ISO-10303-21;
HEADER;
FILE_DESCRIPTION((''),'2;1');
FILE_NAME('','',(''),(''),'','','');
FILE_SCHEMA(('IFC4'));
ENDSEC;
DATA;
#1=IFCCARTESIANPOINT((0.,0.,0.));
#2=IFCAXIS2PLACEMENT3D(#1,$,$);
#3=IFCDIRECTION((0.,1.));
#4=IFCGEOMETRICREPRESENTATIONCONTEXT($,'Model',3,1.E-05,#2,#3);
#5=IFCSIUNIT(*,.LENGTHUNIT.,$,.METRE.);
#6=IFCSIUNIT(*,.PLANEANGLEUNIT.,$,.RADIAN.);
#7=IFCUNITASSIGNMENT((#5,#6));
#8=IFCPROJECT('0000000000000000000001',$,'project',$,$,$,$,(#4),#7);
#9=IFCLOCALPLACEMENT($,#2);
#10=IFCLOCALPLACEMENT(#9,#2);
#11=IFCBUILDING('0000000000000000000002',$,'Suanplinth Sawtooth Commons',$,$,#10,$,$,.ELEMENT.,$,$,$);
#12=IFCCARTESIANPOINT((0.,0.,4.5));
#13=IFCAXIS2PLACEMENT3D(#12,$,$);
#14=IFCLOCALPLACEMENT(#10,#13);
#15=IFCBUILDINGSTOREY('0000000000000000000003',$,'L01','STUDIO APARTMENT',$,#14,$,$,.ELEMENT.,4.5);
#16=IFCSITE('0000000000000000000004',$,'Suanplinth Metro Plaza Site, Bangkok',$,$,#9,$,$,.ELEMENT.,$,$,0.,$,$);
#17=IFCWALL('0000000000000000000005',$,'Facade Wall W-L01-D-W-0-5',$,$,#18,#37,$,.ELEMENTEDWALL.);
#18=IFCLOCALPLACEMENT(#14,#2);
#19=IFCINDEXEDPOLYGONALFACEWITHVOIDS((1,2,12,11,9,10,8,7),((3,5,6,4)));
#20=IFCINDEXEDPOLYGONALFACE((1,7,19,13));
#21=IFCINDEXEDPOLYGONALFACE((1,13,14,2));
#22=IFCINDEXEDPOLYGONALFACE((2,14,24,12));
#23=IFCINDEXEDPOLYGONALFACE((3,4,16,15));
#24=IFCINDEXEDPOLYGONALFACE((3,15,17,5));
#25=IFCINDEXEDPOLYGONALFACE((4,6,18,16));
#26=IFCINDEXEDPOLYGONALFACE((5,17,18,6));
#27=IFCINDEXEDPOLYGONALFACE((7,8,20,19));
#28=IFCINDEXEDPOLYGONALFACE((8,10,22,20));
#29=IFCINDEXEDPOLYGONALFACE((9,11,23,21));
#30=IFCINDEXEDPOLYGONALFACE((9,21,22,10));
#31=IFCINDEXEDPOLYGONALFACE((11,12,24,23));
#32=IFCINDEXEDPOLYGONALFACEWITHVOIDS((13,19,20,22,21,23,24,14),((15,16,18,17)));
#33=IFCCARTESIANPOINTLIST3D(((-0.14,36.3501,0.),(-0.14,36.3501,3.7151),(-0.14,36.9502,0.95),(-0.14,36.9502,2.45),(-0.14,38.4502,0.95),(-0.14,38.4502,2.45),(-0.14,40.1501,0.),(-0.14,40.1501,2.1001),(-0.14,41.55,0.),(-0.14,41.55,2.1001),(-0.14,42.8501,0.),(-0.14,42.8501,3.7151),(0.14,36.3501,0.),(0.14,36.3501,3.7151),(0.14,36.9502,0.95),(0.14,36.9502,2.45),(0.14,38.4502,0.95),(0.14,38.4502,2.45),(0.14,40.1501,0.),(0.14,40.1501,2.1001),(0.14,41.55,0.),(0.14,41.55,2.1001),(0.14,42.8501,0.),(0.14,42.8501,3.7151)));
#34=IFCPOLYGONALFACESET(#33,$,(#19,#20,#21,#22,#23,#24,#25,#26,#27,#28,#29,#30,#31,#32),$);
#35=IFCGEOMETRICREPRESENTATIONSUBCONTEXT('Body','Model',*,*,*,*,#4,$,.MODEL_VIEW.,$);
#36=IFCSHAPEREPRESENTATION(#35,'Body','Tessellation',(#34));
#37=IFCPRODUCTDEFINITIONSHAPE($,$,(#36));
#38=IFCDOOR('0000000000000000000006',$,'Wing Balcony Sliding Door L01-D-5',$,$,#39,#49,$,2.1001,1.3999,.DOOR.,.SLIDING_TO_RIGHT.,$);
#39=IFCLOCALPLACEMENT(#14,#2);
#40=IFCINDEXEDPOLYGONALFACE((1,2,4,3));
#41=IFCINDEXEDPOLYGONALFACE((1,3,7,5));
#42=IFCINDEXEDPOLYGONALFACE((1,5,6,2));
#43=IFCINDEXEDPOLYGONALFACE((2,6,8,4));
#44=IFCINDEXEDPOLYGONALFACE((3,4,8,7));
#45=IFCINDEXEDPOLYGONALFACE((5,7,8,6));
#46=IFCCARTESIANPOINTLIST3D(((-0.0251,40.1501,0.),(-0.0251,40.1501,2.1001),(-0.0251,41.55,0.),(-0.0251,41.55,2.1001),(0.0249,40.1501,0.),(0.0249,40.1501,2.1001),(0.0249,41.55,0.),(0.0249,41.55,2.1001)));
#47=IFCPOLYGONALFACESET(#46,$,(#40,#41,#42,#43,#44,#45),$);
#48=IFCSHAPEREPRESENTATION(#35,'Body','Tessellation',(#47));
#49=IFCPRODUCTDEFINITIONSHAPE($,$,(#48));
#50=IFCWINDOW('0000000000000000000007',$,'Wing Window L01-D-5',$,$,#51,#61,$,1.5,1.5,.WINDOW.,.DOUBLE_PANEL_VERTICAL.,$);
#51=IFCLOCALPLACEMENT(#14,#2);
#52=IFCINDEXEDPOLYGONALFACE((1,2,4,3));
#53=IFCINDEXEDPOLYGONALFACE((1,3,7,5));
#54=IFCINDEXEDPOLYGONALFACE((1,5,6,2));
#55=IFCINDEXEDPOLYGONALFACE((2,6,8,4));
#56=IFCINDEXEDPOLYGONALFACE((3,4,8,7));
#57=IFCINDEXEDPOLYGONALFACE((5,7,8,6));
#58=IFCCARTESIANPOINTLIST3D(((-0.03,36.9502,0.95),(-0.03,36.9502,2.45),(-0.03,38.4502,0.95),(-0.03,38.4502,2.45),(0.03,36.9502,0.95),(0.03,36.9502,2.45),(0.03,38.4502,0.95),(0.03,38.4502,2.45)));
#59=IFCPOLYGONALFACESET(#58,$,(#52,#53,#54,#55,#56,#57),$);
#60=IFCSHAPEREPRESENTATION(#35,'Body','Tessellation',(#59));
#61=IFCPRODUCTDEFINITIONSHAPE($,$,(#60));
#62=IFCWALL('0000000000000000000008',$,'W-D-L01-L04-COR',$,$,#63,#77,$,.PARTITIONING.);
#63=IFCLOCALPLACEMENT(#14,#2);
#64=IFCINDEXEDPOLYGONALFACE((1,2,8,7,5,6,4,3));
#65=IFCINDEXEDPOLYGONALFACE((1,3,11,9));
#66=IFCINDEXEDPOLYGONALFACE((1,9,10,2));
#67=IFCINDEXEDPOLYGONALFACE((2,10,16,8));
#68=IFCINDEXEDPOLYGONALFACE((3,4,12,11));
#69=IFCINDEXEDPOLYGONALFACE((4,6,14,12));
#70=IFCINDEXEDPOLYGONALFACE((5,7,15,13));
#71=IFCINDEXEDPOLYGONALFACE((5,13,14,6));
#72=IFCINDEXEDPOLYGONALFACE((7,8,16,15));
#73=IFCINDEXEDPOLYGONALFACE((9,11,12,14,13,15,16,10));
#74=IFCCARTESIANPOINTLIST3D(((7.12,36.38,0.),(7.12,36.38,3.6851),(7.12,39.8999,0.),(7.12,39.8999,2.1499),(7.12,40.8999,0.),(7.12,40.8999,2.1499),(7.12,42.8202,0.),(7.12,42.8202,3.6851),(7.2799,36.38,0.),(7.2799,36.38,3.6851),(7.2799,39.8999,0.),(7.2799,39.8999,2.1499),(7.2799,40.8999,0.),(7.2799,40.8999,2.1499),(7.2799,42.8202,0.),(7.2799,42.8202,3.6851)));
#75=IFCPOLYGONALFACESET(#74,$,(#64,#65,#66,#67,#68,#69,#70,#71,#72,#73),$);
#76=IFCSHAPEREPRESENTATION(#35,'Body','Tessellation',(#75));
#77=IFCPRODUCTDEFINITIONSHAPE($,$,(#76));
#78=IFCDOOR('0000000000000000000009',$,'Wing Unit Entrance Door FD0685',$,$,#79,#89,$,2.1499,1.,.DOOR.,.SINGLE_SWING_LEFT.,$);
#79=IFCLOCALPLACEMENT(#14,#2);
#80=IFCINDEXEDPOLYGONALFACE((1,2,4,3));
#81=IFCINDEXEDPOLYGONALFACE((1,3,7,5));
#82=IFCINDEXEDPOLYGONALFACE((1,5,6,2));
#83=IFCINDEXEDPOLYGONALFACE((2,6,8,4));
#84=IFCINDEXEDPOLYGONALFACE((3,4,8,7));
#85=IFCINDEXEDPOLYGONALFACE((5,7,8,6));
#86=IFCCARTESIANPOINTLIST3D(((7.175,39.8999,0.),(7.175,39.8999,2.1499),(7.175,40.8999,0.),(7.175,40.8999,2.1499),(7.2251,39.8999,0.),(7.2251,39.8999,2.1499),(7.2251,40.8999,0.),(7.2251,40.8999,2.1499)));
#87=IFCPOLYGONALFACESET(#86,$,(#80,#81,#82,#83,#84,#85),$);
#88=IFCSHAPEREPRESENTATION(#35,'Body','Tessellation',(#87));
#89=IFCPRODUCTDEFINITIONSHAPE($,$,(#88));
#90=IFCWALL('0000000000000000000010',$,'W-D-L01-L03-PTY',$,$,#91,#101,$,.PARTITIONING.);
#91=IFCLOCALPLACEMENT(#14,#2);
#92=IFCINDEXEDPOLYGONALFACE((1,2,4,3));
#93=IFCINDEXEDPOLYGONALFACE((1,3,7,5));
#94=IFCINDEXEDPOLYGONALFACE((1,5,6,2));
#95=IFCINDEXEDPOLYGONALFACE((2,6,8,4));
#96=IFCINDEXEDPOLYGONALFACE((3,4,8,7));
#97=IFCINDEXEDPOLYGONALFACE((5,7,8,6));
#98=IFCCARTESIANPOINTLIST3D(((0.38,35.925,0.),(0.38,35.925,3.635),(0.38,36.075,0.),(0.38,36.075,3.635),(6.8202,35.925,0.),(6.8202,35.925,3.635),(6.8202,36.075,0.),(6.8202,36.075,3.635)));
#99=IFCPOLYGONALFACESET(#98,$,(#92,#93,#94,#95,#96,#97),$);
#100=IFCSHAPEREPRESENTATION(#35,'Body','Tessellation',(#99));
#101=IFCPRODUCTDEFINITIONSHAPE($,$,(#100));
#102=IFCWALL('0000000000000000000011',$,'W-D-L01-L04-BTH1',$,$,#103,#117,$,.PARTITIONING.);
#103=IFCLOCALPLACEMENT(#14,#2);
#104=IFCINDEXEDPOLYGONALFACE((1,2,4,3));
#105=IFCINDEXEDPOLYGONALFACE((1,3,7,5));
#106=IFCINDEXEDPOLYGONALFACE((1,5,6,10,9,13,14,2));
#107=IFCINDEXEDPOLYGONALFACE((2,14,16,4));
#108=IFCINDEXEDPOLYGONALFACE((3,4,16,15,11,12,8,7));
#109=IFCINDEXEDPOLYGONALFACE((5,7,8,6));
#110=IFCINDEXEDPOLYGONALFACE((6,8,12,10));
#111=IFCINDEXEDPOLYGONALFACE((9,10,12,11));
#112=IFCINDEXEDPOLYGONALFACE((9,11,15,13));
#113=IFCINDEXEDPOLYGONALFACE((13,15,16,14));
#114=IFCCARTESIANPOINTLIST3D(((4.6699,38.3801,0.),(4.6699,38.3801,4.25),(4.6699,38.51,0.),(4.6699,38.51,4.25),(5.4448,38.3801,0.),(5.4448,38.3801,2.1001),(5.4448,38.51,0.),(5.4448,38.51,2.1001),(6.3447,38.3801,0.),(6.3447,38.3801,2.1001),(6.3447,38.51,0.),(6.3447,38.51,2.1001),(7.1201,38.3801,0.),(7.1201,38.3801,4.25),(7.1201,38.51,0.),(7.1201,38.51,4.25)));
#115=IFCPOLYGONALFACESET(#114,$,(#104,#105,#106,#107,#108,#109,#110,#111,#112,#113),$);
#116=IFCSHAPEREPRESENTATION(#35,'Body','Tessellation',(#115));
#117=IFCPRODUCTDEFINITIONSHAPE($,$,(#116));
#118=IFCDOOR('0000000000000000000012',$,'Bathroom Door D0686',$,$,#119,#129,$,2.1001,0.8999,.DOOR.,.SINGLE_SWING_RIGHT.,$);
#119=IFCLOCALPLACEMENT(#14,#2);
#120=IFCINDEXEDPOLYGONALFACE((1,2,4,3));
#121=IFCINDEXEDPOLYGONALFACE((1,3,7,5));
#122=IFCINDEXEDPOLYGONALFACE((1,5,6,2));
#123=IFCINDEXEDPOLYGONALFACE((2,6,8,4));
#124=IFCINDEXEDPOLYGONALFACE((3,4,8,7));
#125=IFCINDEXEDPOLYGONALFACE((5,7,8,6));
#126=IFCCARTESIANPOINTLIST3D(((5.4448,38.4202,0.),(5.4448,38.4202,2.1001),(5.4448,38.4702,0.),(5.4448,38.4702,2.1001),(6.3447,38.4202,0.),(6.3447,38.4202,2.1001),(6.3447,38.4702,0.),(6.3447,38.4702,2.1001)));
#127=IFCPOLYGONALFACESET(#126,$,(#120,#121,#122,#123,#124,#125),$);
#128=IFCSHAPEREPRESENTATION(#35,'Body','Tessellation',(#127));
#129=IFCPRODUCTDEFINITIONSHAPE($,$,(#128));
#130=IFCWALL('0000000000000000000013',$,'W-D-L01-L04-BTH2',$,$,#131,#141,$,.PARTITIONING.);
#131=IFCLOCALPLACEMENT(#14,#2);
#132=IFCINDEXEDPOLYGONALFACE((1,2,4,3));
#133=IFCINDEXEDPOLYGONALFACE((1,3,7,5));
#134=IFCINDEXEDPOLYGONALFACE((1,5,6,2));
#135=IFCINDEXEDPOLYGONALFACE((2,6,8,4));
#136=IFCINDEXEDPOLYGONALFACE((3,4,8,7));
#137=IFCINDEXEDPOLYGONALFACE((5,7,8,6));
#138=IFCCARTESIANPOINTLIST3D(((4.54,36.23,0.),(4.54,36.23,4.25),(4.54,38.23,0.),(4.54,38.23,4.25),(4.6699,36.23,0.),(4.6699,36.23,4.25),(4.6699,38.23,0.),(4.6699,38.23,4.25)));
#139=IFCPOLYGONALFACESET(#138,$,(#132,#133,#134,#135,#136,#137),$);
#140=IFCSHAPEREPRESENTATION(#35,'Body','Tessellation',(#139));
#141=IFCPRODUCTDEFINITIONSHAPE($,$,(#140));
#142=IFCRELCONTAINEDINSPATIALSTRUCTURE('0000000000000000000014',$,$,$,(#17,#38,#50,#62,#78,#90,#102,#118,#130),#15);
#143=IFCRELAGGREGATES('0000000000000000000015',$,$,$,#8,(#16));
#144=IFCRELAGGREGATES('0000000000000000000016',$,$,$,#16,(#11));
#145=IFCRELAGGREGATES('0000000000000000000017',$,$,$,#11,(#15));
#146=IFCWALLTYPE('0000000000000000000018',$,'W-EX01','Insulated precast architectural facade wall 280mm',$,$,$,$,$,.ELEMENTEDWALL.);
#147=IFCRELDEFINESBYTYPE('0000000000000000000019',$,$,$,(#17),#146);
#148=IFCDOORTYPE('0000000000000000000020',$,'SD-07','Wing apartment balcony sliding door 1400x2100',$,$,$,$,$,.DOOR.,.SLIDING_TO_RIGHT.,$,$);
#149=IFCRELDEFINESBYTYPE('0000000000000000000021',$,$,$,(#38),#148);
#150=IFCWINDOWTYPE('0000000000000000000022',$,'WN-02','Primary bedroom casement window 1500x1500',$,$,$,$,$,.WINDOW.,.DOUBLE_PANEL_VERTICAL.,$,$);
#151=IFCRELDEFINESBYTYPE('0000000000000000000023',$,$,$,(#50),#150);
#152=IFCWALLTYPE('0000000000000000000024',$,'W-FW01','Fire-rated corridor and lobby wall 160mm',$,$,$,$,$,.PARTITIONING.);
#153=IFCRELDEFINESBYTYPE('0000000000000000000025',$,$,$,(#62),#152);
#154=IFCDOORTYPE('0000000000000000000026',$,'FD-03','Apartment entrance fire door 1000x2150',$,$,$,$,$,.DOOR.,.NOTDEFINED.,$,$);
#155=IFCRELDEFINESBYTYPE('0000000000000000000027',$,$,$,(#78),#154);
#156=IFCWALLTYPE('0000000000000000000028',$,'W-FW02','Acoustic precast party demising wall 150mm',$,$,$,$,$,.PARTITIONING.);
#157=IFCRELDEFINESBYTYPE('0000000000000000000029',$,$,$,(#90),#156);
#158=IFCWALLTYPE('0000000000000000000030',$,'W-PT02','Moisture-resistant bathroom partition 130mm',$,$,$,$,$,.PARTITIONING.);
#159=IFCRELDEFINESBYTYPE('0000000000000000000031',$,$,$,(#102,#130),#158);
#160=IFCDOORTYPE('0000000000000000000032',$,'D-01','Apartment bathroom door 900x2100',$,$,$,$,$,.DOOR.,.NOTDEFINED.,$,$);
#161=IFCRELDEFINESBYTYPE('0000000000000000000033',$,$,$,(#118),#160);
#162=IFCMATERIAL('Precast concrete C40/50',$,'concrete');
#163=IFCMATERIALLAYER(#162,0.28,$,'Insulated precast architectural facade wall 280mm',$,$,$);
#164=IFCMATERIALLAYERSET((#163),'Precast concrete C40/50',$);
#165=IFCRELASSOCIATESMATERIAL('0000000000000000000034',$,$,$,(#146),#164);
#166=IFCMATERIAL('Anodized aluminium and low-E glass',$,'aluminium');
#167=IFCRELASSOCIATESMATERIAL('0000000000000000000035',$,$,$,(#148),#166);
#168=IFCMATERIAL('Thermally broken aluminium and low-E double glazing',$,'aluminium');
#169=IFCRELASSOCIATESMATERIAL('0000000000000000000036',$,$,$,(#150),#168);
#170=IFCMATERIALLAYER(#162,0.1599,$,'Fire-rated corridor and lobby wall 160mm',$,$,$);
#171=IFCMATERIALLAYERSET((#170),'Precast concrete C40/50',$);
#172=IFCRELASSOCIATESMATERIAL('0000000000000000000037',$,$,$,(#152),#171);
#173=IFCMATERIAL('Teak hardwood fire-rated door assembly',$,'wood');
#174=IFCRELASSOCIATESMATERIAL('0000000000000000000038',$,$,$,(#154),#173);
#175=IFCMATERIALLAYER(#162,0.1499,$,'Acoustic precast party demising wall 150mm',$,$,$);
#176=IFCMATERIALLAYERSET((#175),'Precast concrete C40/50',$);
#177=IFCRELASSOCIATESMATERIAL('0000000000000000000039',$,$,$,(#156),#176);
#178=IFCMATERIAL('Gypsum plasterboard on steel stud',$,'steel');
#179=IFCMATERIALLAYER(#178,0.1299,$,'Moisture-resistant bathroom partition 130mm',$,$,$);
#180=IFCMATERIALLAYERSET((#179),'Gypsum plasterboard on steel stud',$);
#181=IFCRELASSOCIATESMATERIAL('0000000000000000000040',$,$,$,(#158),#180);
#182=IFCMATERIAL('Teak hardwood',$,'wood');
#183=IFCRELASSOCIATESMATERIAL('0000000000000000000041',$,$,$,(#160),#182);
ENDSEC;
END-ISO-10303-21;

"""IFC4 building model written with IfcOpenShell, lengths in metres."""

from ifc_helpers import new_model, si_unit, direction, frame, frame_2d, origin, place, context, subcontext, project, spatial, rectangle, extrude, material, layer, layer_set, type_object, element, fill, save


model = new_model("IFC4")

# Units and contexts
model_context = context("Model", 3, precision=1e-05, world=origin(), true_north=direction((0.0, 1.0)))
body_context = subcontext(model_context, "Body", "Model", "MODEL_VIEW")
ifc_project = project(units=[si_unit("LENGTHUNIT", "METRE"), si_unit("PLANEANGLEUNIT", "RADIAN")], contexts=[model_context])

# Site, building, storey
site_placement = place(None, origin())
site = spatial("IfcSite", under=ifc_project, at=site_placement, Name="Suanplinth Metro Plaza Site, Bangkok", CompositionType="ELEMENT", RefElevation=0.0)
building_placement = place(site_placement, origin())
building = spatial("IfcBuilding", under=site, at=building_placement, Name="Suanplinth Sawtooth Commons", CompositionType="ELEMENT")
storey_placement = place(building_placement, frame((0.0, 0.0, 4.5)))
storey = spatial("IfcBuildingStorey", under=building, at=storey_placement, Name="L01", Description="STUDIO APARTMENT", CompositionType="ELEMENT", Elevation=4.5)

# Shared definitions
ifc_material_1 = material(Name="Precast concrete C40/50", Category="concrete")

# Shared definitions
ifc_layer_1 = layer(ifc_material_1, 0.28, Name="Insulated precast architectural facade wall 280mm")
ifc_layer_set_1 = layer_set([ifc_layer_1], Name="Precast concrete C40/50")
wall_type_1 = type_object("IfcWallType", Name="W-EX01", Description="Insulated precast architectural facade wall 280mm", PredefinedType="ELEMENTEDWALL", material=ifc_layer_set_1)
ifc_material_2 = material(Name="Anodized aluminium and low-E glass", Category="aluminium")
door_type_1 = type_object("IfcDoorType", Name="SD-07", Description="Wing apartment balcony sliding door 1400x2100", OperationType="SLIDING_TO_RIGHT", PredefinedType="DOOR", material=ifc_material_2)

# Wall, openings, door, window
wall_1_placement = place(storey_placement, frame((0.0, 36.3501, 0.0), z_axis=(0.0, 0.0, 1.0), x_axis=(0.0, 1.0, 0.0)))
wall_1 = element("IfcWall", 1, at=wall_1_placement, inside=storey, type_object=wall_type_1, Name="Facade Wall W-L01-D-W-0-5", PredefinedType="ELEMENTEDWALL", context=body_context, shape_type="SweptSolid", body=[
    extrude(rectangle(XDim=6.5, YDim=0.28, at=frame_2d((3.25, 0.0))), origin(), (0.0, 0.0, 1.0), 3.7151),
])
opening_1_placement = place(wall_1_placement, frame((3.8, 0.0, 0.0)))
opening_1 = element("IfcOpeningElement", 2, at=opening_1_placement, cuts=wall_1, PredefinedType="OPENING", context=body_context, shape_type="SweptSolid", body=[
    extrude(rectangle(XDim=1.3999, YDim=2.1001, at=frame_2d((0.7, 1.05))), frame((0.0, 0.1548, 0.0), z_axis=(0.0, -1.0, 0.0), x_axis=(1.0, 0.0, 0.0)), (0.0, 0.0, 1.0), 0.3098),
])
opening_2_placement = place(wall_1_placement, frame((0.6001, 0.0, 0.95)))
opening_2 = element("IfcOpeningElement", 3, at=opening_2_placement, cuts=wall_1, PredefinedType="OPENING", context=body_context, shape_type="SweptSolid", body=[
    extrude(rectangle(XDim=1.5, YDim=1.5, at=frame_2d((0.75, 0.75))), frame((0.0, 0.1548, 0.0), z_axis=(0.0, -1.0, 0.0), x_axis=(1.0, 0.0, 0.0)), (0.0, 0.0, 1.0), 0.3098),
])
door_1_placement = place(opening_1_placement, frame((1.3999, 0.0, 0.0), z_axis=(0.0, 0.0, 1.0), x_axis=(-1.0, 0.0, 0.0)))
door_1 = element("IfcDoor", 4, at=door_1_placement, inside=storey, type_object=door_type_1, Name="Wing Balcony Sliding Door L01-D-5", OperationType="SLIDING_TO_RIGHT", OverallHeight=2.1001, OverallWidth=1.3999, PredefinedType="DOOR", context=body_context, shape_type="SweptSolid", body=[
    extrude(rectangle(XDim=1.3999, YDim=2.1001, at=frame_2d((0.7, 1.05))), frame((0.0, 0.0249, 0.0), z_axis=(0.0, -1.0, 0.0), x_axis=(1.0, 0.0, 0.0)), (0.0, 0.0, 1.0), 0.05),
])
fill(opening_1, door_1)
ifc_material_3 = material(Name="Thermally broken aluminium and low-E double glazing", Category="aluminium")
window_type = type_object("IfcWindowType", Name="WN-02", Description="Primary bedroom casement window 1500x1500", PartitioningType="DOUBLE_PANEL_VERTICAL", PredefinedType="WINDOW", material=ifc_material_3)
window_placement = place(opening_2_placement, origin())
window = element("IfcWindow", 5, at=window_placement, inside=storey, type_object=window_type, Name="Wing Window L01-D-5", OverallHeight=1.5, OverallWidth=1.5, PartitioningType="DOUBLE_PANEL_VERTICAL", PredefinedType="WINDOW", context=body_context, shape_type="SweptSolid", body=[
    extrude(rectangle(XDim=1.5, YDim=1.5, at=frame_2d((0.75, 0.75))), frame((0.0, 0.03, 0.0), z_axis=(0.0, -1.0, 0.0), x_axis=(1.0, 0.0, 0.0)), (0.0, 0.0, 1.0), 0.0601),
])
fill(opening_2, window)

# Wall, opening, door
ifc_layer_2 = layer(ifc_material_1, 0.1599, Name="Fire-rated corridor and lobby wall 160mm")
ifc_layer_set_2 = layer_set([ifc_layer_2], Name="Precast concrete C40/50")
wall_type_2 = type_object("IfcWallType", Name="W-FW01", Description="Fire-rated corridor and lobby wall 160mm", PredefinedType="PARTITIONING", material=ifc_layer_set_2)
wall_2_placement = place(storey_placement, frame((7.2, 36.3799, 0.0), z_axis=(0.0, 0.0, 1.0), x_axis=(0.0, 1.0, 0.0)))
wall_2 = element("IfcWall", 6, at=wall_2_placement, inside=storey, type_object=wall_type_2, Name="W-D-L01-L04-COR", PredefinedType="PARTITIONING", context=body_context, shape_type="SweptSolid", body=[
    extrude(rectangle(XDim=6.4402, YDim=0.1599, at=frame_2d((3.2202, 0.0))), origin(), (0.0, 0.0, 1.0), 3.6851),
])
opening_3_placement = place(wall_2_placement, frame((3.52, 0.0, 0.0)))
opening_3 = element("IfcOpeningElement", 7, at=opening_3_placement, cuts=wall_2, PredefinedType="OPENING", context=body_context, shape_type="SweptSolid", body=[
    extrude(rectangle(XDim=1.0, YDim=2.1499, at=frame_2d((0.5, 1.075))), frame((0.0, 0.0947, 0.0), z_axis=(0.0, -1.0, 0.0), x_axis=(1.0, 0.0, 0.0)), (0.0, 0.0, 1.0), 0.1897),
])
ifc_material_4 = material(Name="Teak hardwood fire-rated door assembly", Category="wood")
door_type_2 = type_object("IfcDoorType", Name="FD-03", Description="Apartment entrance fire door 1000x2150", OperationType="NOTDEFINED", PredefinedType="DOOR", material=ifc_material_4)
door_2_placement = place(opening_3_placement, origin())
door_2 = element("IfcDoor", 8, at=door_2_placement, inside=storey, type_object=door_type_2, Name="Wing Unit Entrance Door FD0685", OperationType="SINGLE_SWING_LEFT", OverallHeight=2.1499, OverallWidth=1.0, PredefinedType="DOOR", context=body_context, shape_type="SweptSolid", body=[
    extrude(rectangle(XDim=1.0, YDim=2.1499, at=frame_2d((0.5, 1.075))), frame((0.0, 0.0249, 0.0), z_axis=(0.0, -1.0, 0.0), x_axis=(1.0, 0.0, 0.0)), (0.0, 0.0, 1.0), 0.05),
])
fill(opening_3, door_2)

# Wall
ifc_layer_3 = layer(ifc_material_1, 0.1499, Name="Acoustic precast party demising wall 150mm")
ifc_layer_set_3 = layer_set([ifc_layer_3], Name="Precast concrete C40/50")
wall_type_3 = type_object("IfcWallType", Name="W-FW02", Description="Acoustic precast party demising wall 150mm", PredefinedType="PARTITIONING", material=ifc_layer_set_3)
wall_3_placement = place(storey_placement, frame((0.3799, 36.0, 0.0), z_axis=(0.0, 0.0, 1.0), x_axis=(1.0, 0.0, 0.0)))
element("IfcWall", 9, at=wall_3_placement, inside=storey, type_object=wall_type_3, Name="W-D-L01-L03-PTY", PredefinedType="PARTITIONING", context=body_context, shape_type="SweptSolid", body=[
    extrude(rectangle(XDim=6.4402, YDim=0.1499, at=frame_2d((3.2202, 0.0))), origin(), (0.0, 0.0, 1.0), 3.635),
])

# Wall, opening, door
ifc_material_5 = material(Name="Gypsum plasterboard on steel stud", Category="steel")
ifc_layer_4 = layer(ifc_material_5, 0.1299, Name="Moisture-resistant bathroom partition 130mm")
ifc_layer_set_4 = layer_set([ifc_layer_4], Name="Gypsum plasterboard on steel stud")
wall_type_4 = type_object("IfcWallType", Name="W-PT02", Description="Moisture-resistant bathroom partition 130mm", PredefinedType="PARTITIONING", material=ifc_layer_set_4)
wall_4_placement = place(storey_placement, frame((4.6699, 38.4451, 0.0), z_axis=(0.0, 0.0, 1.0), x_axis=(1.0, 0.0, 0.0)))
wall_4 = element("IfcWall", 10, at=wall_4_placement, inside=storey, type_object=wall_type_4, Name="W-D-L01-L04-BTH1", PredefinedType="PARTITIONING", context=body_context, shape_type="SweptSolid", body=[
    extrude(rectangle(XDim=2.4502, YDim=0.1299, at=frame_2d((1.2251, 0.0))), origin(), (0.0, 0.0, 1.0), 4.25),
])
opening_4_placement = place(wall_4_placement, frame((0.7749, 0.0, 0.0)))
opening_4 = element("IfcOpeningElement", 11, at=opening_4_placement, cuts=wall_4, PredefinedType="OPENING", context=body_context, shape_type="SweptSolid", body=[
    extrude(rectangle(XDim=0.8999, YDim=2.1001, at=frame_2d((0.45, 1.05))), frame((0.0, 0.0798, 0.0), z_axis=(0.0, -1.0, 0.0), x_axis=(1.0, 0.0, 0.0)), (0.0, 0.0, 1.0), 0.1597),
])
ifc_material_6 = material(Name="Teak hardwood", Category="wood")
door_type_3 = type_object("IfcDoorType", Name="D-01", Description="Apartment bathroom door 900x2100", OperationType="NOTDEFINED", PredefinedType="DOOR", material=ifc_material_6)
door_3_placement = place(opening_4_placement, frame((0.8999, 0.0, 0.0), z_axis=(0.0, 0.0, 1.0), x_axis=(-1.0, 0.0, 0.0)))
door_3 = element("IfcDoor", 12, at=door_3_placement, inside=storey, type_object=door_type_3, Name="Bathroom Door D0686", OperationType="SINGLE_SWING_RIGHT", OverallHeight=2.1001, OverallWidth=0.8999, PredefinedType="DOOR", context=body_context, shape_type="SweptSolid", body=[
    extrude(rectangle(XDim=0.8999, YDim=2.1001, at=frame_2d((0.45, 1.05))), frame((0.0, 0.0249, 0.0), z_axis=(0.0, -1.0, 0.0), x_axis=(1.0, 0.0, 0.0)), (0.0, 0.0, 1.0), 0.05),
])
fill(opening_4, door_3)

# Wall
wall_5_placement = place(storey_placement, frame((4.605, 36.23, 0.0), z_axis=(0.0, 0.0, 1.0), x_axis=(0.0, 1.0, 0.0)))
element("IfcWall", 13, at=wall_5_placement, inside=storey, type_object=wall_type_4, Name="W-D-L01-L04-BTH2", PredefinedType="PARTITIONING", context=body_context, shape_type="SweptSolid", body=[
    extrude(rectangle(XDim=2.0, YDim=0.1299, at=frame_2d((1.0, 0.0))), origin(), (0.0, 0.0, 1.0), 4.25),
])

save(model, "model.ifc")
